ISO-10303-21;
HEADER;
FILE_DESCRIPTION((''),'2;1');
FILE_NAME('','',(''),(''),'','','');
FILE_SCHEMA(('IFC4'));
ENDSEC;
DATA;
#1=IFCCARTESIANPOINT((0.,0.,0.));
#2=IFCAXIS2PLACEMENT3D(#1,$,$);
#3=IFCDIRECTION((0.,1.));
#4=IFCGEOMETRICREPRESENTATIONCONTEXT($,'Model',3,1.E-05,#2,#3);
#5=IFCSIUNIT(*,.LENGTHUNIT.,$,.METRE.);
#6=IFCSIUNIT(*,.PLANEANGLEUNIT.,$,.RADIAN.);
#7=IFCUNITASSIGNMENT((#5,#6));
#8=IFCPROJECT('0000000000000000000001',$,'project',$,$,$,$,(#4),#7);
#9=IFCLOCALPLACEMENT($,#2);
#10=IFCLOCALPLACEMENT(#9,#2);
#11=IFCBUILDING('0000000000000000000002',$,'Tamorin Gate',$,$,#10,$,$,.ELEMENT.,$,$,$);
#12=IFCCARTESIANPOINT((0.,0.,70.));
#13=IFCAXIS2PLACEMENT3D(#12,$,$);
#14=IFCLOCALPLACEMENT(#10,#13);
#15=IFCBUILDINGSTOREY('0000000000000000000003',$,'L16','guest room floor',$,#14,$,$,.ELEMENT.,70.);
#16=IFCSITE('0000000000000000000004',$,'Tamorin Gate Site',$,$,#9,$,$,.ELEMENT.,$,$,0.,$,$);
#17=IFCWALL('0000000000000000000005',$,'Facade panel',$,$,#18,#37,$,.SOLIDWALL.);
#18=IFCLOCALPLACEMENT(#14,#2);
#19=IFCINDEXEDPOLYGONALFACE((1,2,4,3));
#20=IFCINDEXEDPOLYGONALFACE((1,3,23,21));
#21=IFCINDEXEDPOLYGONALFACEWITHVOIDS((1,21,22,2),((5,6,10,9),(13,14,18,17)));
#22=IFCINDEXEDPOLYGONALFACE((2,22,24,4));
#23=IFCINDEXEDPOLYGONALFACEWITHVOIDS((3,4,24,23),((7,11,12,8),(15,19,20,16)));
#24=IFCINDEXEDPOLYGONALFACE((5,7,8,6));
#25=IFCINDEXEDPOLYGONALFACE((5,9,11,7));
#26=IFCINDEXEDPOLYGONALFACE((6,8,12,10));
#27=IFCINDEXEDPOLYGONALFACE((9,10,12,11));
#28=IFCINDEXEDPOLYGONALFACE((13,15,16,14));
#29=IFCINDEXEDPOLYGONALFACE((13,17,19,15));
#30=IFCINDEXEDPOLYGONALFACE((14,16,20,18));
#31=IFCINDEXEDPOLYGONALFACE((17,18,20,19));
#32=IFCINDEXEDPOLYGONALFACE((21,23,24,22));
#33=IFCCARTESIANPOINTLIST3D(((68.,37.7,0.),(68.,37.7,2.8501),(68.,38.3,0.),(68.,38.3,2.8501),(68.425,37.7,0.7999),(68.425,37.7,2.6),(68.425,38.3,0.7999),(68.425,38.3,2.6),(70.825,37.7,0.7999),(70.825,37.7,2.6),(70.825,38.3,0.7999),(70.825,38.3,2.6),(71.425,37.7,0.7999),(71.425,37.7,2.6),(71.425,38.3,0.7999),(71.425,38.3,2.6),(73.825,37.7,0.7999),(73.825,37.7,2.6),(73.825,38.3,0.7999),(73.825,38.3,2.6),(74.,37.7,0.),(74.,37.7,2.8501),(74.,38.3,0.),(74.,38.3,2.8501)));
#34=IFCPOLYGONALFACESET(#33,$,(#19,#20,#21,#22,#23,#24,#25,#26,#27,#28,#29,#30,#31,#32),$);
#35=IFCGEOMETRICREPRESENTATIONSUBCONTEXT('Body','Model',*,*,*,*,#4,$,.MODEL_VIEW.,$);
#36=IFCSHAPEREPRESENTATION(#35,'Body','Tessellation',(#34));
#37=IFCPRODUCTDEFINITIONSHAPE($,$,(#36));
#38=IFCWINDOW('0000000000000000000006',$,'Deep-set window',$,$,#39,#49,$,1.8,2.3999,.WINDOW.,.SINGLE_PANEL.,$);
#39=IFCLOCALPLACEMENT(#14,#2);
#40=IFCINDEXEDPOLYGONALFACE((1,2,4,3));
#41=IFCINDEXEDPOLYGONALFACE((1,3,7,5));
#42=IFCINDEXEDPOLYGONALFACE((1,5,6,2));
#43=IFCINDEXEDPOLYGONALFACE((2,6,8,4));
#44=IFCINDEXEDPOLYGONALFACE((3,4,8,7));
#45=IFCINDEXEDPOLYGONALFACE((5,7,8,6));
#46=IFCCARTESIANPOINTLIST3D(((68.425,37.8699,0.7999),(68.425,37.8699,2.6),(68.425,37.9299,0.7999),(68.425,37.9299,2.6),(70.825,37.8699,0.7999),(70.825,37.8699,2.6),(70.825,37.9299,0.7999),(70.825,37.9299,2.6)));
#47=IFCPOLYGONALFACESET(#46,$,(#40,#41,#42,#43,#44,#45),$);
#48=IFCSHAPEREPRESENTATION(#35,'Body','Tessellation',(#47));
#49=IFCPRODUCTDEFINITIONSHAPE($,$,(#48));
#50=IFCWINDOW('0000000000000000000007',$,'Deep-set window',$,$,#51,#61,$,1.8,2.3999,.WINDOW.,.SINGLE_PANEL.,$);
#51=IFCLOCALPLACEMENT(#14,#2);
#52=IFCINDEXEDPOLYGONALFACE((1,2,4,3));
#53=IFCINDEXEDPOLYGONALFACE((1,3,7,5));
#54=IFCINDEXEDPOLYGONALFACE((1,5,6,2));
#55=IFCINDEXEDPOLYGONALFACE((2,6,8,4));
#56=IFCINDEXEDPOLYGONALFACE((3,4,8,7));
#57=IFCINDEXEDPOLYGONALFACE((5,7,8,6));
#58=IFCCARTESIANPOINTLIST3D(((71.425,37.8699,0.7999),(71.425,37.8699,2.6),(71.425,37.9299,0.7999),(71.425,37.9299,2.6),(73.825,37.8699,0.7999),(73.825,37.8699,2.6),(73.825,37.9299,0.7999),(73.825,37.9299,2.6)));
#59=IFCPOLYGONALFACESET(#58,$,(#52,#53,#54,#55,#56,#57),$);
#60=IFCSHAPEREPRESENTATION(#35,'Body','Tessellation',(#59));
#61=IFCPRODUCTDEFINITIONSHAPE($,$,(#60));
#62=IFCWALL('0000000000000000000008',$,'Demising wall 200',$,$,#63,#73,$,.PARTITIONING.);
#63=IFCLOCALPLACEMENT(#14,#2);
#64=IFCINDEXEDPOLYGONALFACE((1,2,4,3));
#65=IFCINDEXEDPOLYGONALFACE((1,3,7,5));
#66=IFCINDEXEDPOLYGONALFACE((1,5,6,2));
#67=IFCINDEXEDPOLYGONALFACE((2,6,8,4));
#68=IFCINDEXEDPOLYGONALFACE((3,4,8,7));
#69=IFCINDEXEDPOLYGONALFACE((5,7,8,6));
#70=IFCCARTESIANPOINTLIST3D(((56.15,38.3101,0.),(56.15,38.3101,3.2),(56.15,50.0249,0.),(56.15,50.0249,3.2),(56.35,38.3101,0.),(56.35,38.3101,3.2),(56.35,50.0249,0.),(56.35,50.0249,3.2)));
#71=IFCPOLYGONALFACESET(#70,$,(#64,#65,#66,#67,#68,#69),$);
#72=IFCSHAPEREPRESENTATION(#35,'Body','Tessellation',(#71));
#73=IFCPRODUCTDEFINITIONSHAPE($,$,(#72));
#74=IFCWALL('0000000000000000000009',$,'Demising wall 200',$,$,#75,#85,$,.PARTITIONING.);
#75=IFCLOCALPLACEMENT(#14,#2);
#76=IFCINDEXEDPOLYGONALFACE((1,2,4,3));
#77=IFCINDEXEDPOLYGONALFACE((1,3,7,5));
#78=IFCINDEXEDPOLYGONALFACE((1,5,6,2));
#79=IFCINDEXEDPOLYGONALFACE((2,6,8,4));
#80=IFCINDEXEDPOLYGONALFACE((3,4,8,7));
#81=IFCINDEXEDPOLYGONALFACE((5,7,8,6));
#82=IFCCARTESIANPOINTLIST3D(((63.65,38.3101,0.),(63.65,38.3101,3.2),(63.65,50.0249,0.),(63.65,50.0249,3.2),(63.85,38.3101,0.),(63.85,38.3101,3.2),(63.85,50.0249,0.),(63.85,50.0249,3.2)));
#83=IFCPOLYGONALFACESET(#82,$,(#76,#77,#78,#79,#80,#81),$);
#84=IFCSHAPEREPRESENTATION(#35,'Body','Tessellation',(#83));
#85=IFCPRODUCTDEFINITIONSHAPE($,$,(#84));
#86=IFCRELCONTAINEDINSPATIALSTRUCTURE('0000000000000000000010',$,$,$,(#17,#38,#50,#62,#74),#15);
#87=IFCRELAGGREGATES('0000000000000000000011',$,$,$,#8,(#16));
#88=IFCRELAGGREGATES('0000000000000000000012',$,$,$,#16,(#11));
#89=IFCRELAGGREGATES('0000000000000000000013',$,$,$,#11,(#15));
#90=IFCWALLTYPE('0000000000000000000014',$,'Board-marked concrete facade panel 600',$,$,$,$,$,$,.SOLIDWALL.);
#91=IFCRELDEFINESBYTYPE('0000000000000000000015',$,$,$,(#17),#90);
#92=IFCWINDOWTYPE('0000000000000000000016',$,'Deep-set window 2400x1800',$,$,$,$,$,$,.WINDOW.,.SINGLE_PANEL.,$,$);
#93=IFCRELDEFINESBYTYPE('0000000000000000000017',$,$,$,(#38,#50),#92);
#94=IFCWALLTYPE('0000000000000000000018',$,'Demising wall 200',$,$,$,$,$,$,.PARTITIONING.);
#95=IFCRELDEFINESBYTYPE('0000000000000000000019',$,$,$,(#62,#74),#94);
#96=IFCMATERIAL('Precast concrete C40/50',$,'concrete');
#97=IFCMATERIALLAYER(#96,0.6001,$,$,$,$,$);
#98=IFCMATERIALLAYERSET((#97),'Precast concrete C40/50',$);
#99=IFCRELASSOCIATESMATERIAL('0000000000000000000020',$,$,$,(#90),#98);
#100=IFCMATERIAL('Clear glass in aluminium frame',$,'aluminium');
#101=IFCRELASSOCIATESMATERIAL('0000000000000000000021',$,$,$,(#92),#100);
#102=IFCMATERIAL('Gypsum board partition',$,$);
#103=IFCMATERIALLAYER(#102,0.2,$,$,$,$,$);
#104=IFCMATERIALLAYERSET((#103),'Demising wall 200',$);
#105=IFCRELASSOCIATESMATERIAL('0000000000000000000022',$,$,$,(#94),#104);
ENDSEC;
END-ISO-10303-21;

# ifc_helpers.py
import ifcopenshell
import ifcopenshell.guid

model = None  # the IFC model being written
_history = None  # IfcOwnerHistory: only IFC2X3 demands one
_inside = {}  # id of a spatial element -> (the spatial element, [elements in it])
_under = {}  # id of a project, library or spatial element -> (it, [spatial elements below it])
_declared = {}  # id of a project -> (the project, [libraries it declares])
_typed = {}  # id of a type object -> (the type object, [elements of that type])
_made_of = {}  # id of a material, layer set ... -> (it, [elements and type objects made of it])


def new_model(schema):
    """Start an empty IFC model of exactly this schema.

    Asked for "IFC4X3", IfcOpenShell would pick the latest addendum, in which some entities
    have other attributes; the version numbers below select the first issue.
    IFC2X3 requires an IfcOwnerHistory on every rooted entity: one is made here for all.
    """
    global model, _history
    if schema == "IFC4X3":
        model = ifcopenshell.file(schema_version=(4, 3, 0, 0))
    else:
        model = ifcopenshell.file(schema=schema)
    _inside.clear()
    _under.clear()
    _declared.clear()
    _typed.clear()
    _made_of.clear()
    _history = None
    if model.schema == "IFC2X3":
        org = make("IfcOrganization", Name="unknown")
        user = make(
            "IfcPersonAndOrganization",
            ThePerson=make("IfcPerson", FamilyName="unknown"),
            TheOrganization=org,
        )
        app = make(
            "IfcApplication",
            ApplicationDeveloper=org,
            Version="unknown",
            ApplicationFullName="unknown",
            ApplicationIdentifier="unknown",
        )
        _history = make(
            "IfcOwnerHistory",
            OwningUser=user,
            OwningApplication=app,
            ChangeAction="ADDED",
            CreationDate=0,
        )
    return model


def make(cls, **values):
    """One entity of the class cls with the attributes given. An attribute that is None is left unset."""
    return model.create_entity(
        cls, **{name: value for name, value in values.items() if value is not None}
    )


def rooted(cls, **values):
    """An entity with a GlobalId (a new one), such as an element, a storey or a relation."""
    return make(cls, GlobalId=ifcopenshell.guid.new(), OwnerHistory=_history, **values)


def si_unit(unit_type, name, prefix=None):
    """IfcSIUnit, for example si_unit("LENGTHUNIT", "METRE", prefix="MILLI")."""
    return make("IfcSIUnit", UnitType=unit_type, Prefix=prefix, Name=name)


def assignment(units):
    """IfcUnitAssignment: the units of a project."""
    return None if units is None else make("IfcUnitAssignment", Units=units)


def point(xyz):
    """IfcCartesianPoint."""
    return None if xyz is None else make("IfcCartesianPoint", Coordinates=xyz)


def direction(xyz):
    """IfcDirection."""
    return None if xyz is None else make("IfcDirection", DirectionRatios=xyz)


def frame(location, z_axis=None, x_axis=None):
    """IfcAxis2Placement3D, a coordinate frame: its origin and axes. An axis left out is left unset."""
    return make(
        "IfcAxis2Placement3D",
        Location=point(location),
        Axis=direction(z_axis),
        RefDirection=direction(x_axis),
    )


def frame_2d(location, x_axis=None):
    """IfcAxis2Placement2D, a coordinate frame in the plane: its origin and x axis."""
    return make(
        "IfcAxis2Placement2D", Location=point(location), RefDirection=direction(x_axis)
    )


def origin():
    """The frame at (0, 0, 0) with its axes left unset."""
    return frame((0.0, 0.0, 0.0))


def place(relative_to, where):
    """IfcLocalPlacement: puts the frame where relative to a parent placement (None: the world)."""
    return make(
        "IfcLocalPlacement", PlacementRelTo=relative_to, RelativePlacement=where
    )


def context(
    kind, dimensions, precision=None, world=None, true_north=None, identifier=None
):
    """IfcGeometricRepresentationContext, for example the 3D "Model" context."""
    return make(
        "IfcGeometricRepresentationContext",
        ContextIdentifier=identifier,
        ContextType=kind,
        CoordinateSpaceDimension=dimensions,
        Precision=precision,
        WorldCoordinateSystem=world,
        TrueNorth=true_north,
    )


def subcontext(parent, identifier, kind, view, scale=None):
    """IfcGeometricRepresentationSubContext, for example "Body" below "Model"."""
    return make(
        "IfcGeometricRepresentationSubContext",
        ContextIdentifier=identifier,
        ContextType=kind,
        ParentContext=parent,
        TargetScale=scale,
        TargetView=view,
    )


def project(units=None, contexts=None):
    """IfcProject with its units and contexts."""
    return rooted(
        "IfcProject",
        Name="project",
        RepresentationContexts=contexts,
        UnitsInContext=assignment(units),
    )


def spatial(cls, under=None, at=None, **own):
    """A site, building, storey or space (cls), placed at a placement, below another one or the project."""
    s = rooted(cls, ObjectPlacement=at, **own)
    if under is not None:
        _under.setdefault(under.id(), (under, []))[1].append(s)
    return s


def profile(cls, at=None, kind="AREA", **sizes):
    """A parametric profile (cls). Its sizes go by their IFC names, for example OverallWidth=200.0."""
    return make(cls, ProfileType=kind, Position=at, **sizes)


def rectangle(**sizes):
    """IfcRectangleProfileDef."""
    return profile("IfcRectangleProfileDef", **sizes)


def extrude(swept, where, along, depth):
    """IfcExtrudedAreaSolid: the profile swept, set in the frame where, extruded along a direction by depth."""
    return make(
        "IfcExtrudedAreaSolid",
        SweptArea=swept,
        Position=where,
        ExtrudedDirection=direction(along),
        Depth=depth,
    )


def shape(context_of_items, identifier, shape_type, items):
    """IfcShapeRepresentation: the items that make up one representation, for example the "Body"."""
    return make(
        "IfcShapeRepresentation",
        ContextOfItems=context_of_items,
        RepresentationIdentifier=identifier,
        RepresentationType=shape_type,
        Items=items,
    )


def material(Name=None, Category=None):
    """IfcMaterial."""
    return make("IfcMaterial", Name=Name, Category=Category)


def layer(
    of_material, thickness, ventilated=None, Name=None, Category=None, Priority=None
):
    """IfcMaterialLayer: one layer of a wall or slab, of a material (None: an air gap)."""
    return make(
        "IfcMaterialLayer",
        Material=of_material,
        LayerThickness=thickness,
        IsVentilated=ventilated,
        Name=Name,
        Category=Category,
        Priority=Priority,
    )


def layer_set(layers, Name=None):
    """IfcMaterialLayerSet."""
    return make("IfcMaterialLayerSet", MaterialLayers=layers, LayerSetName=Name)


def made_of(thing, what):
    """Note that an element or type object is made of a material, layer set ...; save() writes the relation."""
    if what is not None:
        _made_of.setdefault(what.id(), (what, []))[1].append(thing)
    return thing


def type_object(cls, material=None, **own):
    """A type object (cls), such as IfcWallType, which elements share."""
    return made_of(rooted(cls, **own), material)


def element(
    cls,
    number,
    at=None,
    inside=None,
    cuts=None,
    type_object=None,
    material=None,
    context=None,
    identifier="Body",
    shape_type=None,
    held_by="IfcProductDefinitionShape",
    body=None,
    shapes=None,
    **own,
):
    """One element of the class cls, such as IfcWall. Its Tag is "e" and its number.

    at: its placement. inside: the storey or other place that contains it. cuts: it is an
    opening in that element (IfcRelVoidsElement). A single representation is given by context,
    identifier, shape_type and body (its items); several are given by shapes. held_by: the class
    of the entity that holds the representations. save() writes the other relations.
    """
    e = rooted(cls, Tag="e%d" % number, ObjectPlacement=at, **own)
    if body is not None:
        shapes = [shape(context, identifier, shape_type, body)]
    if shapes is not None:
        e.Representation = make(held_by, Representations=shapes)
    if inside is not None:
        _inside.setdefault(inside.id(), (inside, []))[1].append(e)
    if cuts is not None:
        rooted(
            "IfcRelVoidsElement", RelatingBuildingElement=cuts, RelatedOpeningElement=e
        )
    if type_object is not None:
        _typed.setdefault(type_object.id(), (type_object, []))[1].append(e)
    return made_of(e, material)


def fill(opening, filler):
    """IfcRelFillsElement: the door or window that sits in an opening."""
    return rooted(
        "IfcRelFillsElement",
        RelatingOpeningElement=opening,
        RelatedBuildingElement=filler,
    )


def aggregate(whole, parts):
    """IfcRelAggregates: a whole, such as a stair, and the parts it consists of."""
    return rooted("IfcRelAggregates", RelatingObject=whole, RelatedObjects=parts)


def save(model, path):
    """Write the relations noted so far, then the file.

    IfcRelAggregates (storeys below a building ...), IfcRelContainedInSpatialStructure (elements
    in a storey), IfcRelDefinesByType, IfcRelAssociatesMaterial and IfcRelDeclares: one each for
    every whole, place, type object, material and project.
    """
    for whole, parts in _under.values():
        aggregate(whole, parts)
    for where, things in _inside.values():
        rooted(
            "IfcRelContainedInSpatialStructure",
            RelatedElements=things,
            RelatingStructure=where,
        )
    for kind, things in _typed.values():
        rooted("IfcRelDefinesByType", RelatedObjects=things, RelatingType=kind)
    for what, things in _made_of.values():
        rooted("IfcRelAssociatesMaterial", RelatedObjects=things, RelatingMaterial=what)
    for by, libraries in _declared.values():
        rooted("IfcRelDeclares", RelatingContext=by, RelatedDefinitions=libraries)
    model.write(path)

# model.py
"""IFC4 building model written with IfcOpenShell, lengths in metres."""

from ifc_helpers import new_model, si_unit, direction, frame, frame_2d, origin, place, context, subcontext, project, spatial, rectangle, extrude, material, layer, layer_set, type_object, element, fill, save


model = new_model("IFC4")

# Units and contexts
model_context = context("Model", 3, precision=1e-05, world=origin(), true_north=direction((0.0, 1.0)))
body_context = subcontext(model_context, "Body", "Model", "MODEL_VIEW")
ifc_project = project(units=[si_unit("LENGTHUNIT", "METRE"), si_unit("PLANEANGLEUNIT", "RADIAN")], contexts=[model_context])

# Site, building, storey
site_placement = place(None, origin())
site = spatial("IfcSite", under=ifc_project, at=site_placement, Name="Tamorin Gate Site", CompositionType="ELEMENT", RefElevation=0.0)
building_placement = place(site_placement, origin())
building = spatial("IfcBuilding", under=site, at=building_placement, Name="Tamorin Gate", CompositionType="ELEMENT")
storey_placement = place(building_placement, frame((0.0, 0.0, 70.0)))
storey = spatial("IfcBuildingStorey", under=building, at=storey_placement, Name="L16", Description="guest room floor", CompositionType="ELEMENT", Elevation=70.0)

# Wall, openings, windows
ifc_material_1 = material(Name="Precast concrete C40/50", Category="concrete")
ifc_layer_1 = layer(ifc_material_1, 0.6001)
ifc_layer_set_1 = layer_set([ifc_layer_1], Name="Precast concrete C40/50")
wall_type_1 = type_object("IfcWallType", Name="Board-marked concrete facade panel 600", PredefinedType="SOLIDWALL", material=ifc_layer_set_1)
ifc_material_2 = material(Name="Clear glass in aluminium frame", Category="aluminium")
window_type = type_object("IfcWindowType", Name="Deep-set window 2400x1800", PartitioningType="SINGLE_PANEL", PredefinedType="WINDOW", material=ifc_material_2)
wall_1_placement = place(storey_placement, frame((68.0, 38.0, 0.0), z_axis=(0.0, 0.0, 1.0), x_axis=(1.0, 0.0, 0.0)))
wall_1 = element("IfcWall", 1, at=wall_1_placement, inside=storey, type_object=wall_type_1, Name="Facade panel", PredefinedType="SOLIDWALL", context=body_context, shape_type="SweptSolid", body=[
    extrude(rectangle(XDim=6.0, YDim=0.6001, at=frame_2d((3.0, 0.0))), origin(), (0.0, 0.0, 1.0), 2.8501),
])
opening_1_placement = place(wall_1_placement, frame((0.425, 0.0, 0.8)))
opening_1 = element("IfcOpeningElement", 2, at=opening_1_placement, cuts=wall_1, PredefinedType="OPENING", context=body_context, shape_type="SweptSolid", body=[
    extrude(rectangle(XDim=2.3999, YDim=1.8, at=frame_2d((1.2, 0.8999))), frame((0.0, 0.3101, 0.0), z_axis=(0.0, -1.0, 0.0), x_axis=(1.0, 0.0, 0.0)), (0.0, 0.0, 1.0), 0.6201),
])
opening_2_placement = place(wall_1_placement, frame((3.425, 0.0, 0.8)))
opening_2 = element("IfcOpeningElement", 3, at=opening_2_placement, cuts=wall_1, PredefinedType="OPENING", context=body_context, shape_type="SweptSolid", body=[
    extrude(rectangle(XDim=2.3999, YDim=1.8, at=frame_2d((1.2, 0.8999))), frame((0.0, 0.3101, 0.0), z_axis=(0.0, -1.0, 0.0), x_axis=(1.0, 0.0, 0.0)), (0.0, 0.0, 1.0), 0.6201),
])
window_1_placement = place(opening_1_placement, origin())
window_1 = element("IfcWindow", 4, at=window_1_placement, inside=storey, type_object=window_type, Name="Deep-set window", OverallHeight=1.8, OverallWidth=2.3999, PartitioningType="SINGLE_PANEL", PredefinedType="WINDOW", context=body_context, shape_type="SweptSolid", body=[
    extrude(rectangle(XDim=2.3999, YDim=1.8, at=frame_2d((1.2, 0.8999))), frame((0.0, -0.0701, 0.0), z_axis=(0.0, -1.0, 0.0), x_axis=(1.0, 0.0, 0.0)), (0.0, 0.0, 1.0), 0.0601),
])
fill(opening_1, window_1)
window_2_placement = place(opening_2_placement, origin())
window_2 = element("IfcWindow", 5, at=window_2_placement, inside=storey, type_object=window_type, Name="Deep-set window", OverallHeight=1.8, OverallWidth=2.3999, PartitioningType="SINGLE_PANEL", PredefinedType="WINDOW", context=body_context, shape_type="SweptSolid", body=[
    extrude(rectangle(XDim=2.3999, YDim=1.8, at=frame_2d((1.2, 0.8999))), frame((0.0, -0.0701, 0.0), z_axis=(0.0, -1.0, 0.0), x_axis=(1.0, 0.0, 0.0)), (0.0, 0.0, 1.0), 0.0601),
])
fill(opening_2, window_2)

# Walls
ifc_material_3 = material(Name="Gypsum board partition")
ifc_layer_2 = layer(ifc_material_3, 0.2)
ifc_layer_set_2 = layer_set([ifc_layer_2], Name="Demising wall 200")
wall_type_2 = type_object("IfcWallType", Name="Demising wall 200", PredefinedType="PARTITIONING", material=ifc_layer_set_2)
for number, where, z_axis, x_axis, name in (
    (6, (56.25, 38.3101, 0.0), (0.0, 0.0, 1.0), (0.0, 1.0, 0.0), "Demising wall 200"),
    (7, (63.75, 38.3101, 0.0), (0.0, 0.0, 1.0), (0.0, 1.0, 0.0), "Demising wall 200"),
):
    element("IfcWall", number, at=place(storey_placement, frame(where, z_axis=z_axis, x_axis=x_axis)), inside=storey, type_object=wall_type_2, Name=name, PredefinedType="PARTITIONING", context=body_context, shape_type="SweptSolid", body=[
        extrude(rectangle(XDim=11.7148, YDim=0.2, at=frame_2d((5.8574, 0.0))), origin(), (0.0, 0.0, 1.0), 3.2),
    ])

save(model, "model.ifc")
